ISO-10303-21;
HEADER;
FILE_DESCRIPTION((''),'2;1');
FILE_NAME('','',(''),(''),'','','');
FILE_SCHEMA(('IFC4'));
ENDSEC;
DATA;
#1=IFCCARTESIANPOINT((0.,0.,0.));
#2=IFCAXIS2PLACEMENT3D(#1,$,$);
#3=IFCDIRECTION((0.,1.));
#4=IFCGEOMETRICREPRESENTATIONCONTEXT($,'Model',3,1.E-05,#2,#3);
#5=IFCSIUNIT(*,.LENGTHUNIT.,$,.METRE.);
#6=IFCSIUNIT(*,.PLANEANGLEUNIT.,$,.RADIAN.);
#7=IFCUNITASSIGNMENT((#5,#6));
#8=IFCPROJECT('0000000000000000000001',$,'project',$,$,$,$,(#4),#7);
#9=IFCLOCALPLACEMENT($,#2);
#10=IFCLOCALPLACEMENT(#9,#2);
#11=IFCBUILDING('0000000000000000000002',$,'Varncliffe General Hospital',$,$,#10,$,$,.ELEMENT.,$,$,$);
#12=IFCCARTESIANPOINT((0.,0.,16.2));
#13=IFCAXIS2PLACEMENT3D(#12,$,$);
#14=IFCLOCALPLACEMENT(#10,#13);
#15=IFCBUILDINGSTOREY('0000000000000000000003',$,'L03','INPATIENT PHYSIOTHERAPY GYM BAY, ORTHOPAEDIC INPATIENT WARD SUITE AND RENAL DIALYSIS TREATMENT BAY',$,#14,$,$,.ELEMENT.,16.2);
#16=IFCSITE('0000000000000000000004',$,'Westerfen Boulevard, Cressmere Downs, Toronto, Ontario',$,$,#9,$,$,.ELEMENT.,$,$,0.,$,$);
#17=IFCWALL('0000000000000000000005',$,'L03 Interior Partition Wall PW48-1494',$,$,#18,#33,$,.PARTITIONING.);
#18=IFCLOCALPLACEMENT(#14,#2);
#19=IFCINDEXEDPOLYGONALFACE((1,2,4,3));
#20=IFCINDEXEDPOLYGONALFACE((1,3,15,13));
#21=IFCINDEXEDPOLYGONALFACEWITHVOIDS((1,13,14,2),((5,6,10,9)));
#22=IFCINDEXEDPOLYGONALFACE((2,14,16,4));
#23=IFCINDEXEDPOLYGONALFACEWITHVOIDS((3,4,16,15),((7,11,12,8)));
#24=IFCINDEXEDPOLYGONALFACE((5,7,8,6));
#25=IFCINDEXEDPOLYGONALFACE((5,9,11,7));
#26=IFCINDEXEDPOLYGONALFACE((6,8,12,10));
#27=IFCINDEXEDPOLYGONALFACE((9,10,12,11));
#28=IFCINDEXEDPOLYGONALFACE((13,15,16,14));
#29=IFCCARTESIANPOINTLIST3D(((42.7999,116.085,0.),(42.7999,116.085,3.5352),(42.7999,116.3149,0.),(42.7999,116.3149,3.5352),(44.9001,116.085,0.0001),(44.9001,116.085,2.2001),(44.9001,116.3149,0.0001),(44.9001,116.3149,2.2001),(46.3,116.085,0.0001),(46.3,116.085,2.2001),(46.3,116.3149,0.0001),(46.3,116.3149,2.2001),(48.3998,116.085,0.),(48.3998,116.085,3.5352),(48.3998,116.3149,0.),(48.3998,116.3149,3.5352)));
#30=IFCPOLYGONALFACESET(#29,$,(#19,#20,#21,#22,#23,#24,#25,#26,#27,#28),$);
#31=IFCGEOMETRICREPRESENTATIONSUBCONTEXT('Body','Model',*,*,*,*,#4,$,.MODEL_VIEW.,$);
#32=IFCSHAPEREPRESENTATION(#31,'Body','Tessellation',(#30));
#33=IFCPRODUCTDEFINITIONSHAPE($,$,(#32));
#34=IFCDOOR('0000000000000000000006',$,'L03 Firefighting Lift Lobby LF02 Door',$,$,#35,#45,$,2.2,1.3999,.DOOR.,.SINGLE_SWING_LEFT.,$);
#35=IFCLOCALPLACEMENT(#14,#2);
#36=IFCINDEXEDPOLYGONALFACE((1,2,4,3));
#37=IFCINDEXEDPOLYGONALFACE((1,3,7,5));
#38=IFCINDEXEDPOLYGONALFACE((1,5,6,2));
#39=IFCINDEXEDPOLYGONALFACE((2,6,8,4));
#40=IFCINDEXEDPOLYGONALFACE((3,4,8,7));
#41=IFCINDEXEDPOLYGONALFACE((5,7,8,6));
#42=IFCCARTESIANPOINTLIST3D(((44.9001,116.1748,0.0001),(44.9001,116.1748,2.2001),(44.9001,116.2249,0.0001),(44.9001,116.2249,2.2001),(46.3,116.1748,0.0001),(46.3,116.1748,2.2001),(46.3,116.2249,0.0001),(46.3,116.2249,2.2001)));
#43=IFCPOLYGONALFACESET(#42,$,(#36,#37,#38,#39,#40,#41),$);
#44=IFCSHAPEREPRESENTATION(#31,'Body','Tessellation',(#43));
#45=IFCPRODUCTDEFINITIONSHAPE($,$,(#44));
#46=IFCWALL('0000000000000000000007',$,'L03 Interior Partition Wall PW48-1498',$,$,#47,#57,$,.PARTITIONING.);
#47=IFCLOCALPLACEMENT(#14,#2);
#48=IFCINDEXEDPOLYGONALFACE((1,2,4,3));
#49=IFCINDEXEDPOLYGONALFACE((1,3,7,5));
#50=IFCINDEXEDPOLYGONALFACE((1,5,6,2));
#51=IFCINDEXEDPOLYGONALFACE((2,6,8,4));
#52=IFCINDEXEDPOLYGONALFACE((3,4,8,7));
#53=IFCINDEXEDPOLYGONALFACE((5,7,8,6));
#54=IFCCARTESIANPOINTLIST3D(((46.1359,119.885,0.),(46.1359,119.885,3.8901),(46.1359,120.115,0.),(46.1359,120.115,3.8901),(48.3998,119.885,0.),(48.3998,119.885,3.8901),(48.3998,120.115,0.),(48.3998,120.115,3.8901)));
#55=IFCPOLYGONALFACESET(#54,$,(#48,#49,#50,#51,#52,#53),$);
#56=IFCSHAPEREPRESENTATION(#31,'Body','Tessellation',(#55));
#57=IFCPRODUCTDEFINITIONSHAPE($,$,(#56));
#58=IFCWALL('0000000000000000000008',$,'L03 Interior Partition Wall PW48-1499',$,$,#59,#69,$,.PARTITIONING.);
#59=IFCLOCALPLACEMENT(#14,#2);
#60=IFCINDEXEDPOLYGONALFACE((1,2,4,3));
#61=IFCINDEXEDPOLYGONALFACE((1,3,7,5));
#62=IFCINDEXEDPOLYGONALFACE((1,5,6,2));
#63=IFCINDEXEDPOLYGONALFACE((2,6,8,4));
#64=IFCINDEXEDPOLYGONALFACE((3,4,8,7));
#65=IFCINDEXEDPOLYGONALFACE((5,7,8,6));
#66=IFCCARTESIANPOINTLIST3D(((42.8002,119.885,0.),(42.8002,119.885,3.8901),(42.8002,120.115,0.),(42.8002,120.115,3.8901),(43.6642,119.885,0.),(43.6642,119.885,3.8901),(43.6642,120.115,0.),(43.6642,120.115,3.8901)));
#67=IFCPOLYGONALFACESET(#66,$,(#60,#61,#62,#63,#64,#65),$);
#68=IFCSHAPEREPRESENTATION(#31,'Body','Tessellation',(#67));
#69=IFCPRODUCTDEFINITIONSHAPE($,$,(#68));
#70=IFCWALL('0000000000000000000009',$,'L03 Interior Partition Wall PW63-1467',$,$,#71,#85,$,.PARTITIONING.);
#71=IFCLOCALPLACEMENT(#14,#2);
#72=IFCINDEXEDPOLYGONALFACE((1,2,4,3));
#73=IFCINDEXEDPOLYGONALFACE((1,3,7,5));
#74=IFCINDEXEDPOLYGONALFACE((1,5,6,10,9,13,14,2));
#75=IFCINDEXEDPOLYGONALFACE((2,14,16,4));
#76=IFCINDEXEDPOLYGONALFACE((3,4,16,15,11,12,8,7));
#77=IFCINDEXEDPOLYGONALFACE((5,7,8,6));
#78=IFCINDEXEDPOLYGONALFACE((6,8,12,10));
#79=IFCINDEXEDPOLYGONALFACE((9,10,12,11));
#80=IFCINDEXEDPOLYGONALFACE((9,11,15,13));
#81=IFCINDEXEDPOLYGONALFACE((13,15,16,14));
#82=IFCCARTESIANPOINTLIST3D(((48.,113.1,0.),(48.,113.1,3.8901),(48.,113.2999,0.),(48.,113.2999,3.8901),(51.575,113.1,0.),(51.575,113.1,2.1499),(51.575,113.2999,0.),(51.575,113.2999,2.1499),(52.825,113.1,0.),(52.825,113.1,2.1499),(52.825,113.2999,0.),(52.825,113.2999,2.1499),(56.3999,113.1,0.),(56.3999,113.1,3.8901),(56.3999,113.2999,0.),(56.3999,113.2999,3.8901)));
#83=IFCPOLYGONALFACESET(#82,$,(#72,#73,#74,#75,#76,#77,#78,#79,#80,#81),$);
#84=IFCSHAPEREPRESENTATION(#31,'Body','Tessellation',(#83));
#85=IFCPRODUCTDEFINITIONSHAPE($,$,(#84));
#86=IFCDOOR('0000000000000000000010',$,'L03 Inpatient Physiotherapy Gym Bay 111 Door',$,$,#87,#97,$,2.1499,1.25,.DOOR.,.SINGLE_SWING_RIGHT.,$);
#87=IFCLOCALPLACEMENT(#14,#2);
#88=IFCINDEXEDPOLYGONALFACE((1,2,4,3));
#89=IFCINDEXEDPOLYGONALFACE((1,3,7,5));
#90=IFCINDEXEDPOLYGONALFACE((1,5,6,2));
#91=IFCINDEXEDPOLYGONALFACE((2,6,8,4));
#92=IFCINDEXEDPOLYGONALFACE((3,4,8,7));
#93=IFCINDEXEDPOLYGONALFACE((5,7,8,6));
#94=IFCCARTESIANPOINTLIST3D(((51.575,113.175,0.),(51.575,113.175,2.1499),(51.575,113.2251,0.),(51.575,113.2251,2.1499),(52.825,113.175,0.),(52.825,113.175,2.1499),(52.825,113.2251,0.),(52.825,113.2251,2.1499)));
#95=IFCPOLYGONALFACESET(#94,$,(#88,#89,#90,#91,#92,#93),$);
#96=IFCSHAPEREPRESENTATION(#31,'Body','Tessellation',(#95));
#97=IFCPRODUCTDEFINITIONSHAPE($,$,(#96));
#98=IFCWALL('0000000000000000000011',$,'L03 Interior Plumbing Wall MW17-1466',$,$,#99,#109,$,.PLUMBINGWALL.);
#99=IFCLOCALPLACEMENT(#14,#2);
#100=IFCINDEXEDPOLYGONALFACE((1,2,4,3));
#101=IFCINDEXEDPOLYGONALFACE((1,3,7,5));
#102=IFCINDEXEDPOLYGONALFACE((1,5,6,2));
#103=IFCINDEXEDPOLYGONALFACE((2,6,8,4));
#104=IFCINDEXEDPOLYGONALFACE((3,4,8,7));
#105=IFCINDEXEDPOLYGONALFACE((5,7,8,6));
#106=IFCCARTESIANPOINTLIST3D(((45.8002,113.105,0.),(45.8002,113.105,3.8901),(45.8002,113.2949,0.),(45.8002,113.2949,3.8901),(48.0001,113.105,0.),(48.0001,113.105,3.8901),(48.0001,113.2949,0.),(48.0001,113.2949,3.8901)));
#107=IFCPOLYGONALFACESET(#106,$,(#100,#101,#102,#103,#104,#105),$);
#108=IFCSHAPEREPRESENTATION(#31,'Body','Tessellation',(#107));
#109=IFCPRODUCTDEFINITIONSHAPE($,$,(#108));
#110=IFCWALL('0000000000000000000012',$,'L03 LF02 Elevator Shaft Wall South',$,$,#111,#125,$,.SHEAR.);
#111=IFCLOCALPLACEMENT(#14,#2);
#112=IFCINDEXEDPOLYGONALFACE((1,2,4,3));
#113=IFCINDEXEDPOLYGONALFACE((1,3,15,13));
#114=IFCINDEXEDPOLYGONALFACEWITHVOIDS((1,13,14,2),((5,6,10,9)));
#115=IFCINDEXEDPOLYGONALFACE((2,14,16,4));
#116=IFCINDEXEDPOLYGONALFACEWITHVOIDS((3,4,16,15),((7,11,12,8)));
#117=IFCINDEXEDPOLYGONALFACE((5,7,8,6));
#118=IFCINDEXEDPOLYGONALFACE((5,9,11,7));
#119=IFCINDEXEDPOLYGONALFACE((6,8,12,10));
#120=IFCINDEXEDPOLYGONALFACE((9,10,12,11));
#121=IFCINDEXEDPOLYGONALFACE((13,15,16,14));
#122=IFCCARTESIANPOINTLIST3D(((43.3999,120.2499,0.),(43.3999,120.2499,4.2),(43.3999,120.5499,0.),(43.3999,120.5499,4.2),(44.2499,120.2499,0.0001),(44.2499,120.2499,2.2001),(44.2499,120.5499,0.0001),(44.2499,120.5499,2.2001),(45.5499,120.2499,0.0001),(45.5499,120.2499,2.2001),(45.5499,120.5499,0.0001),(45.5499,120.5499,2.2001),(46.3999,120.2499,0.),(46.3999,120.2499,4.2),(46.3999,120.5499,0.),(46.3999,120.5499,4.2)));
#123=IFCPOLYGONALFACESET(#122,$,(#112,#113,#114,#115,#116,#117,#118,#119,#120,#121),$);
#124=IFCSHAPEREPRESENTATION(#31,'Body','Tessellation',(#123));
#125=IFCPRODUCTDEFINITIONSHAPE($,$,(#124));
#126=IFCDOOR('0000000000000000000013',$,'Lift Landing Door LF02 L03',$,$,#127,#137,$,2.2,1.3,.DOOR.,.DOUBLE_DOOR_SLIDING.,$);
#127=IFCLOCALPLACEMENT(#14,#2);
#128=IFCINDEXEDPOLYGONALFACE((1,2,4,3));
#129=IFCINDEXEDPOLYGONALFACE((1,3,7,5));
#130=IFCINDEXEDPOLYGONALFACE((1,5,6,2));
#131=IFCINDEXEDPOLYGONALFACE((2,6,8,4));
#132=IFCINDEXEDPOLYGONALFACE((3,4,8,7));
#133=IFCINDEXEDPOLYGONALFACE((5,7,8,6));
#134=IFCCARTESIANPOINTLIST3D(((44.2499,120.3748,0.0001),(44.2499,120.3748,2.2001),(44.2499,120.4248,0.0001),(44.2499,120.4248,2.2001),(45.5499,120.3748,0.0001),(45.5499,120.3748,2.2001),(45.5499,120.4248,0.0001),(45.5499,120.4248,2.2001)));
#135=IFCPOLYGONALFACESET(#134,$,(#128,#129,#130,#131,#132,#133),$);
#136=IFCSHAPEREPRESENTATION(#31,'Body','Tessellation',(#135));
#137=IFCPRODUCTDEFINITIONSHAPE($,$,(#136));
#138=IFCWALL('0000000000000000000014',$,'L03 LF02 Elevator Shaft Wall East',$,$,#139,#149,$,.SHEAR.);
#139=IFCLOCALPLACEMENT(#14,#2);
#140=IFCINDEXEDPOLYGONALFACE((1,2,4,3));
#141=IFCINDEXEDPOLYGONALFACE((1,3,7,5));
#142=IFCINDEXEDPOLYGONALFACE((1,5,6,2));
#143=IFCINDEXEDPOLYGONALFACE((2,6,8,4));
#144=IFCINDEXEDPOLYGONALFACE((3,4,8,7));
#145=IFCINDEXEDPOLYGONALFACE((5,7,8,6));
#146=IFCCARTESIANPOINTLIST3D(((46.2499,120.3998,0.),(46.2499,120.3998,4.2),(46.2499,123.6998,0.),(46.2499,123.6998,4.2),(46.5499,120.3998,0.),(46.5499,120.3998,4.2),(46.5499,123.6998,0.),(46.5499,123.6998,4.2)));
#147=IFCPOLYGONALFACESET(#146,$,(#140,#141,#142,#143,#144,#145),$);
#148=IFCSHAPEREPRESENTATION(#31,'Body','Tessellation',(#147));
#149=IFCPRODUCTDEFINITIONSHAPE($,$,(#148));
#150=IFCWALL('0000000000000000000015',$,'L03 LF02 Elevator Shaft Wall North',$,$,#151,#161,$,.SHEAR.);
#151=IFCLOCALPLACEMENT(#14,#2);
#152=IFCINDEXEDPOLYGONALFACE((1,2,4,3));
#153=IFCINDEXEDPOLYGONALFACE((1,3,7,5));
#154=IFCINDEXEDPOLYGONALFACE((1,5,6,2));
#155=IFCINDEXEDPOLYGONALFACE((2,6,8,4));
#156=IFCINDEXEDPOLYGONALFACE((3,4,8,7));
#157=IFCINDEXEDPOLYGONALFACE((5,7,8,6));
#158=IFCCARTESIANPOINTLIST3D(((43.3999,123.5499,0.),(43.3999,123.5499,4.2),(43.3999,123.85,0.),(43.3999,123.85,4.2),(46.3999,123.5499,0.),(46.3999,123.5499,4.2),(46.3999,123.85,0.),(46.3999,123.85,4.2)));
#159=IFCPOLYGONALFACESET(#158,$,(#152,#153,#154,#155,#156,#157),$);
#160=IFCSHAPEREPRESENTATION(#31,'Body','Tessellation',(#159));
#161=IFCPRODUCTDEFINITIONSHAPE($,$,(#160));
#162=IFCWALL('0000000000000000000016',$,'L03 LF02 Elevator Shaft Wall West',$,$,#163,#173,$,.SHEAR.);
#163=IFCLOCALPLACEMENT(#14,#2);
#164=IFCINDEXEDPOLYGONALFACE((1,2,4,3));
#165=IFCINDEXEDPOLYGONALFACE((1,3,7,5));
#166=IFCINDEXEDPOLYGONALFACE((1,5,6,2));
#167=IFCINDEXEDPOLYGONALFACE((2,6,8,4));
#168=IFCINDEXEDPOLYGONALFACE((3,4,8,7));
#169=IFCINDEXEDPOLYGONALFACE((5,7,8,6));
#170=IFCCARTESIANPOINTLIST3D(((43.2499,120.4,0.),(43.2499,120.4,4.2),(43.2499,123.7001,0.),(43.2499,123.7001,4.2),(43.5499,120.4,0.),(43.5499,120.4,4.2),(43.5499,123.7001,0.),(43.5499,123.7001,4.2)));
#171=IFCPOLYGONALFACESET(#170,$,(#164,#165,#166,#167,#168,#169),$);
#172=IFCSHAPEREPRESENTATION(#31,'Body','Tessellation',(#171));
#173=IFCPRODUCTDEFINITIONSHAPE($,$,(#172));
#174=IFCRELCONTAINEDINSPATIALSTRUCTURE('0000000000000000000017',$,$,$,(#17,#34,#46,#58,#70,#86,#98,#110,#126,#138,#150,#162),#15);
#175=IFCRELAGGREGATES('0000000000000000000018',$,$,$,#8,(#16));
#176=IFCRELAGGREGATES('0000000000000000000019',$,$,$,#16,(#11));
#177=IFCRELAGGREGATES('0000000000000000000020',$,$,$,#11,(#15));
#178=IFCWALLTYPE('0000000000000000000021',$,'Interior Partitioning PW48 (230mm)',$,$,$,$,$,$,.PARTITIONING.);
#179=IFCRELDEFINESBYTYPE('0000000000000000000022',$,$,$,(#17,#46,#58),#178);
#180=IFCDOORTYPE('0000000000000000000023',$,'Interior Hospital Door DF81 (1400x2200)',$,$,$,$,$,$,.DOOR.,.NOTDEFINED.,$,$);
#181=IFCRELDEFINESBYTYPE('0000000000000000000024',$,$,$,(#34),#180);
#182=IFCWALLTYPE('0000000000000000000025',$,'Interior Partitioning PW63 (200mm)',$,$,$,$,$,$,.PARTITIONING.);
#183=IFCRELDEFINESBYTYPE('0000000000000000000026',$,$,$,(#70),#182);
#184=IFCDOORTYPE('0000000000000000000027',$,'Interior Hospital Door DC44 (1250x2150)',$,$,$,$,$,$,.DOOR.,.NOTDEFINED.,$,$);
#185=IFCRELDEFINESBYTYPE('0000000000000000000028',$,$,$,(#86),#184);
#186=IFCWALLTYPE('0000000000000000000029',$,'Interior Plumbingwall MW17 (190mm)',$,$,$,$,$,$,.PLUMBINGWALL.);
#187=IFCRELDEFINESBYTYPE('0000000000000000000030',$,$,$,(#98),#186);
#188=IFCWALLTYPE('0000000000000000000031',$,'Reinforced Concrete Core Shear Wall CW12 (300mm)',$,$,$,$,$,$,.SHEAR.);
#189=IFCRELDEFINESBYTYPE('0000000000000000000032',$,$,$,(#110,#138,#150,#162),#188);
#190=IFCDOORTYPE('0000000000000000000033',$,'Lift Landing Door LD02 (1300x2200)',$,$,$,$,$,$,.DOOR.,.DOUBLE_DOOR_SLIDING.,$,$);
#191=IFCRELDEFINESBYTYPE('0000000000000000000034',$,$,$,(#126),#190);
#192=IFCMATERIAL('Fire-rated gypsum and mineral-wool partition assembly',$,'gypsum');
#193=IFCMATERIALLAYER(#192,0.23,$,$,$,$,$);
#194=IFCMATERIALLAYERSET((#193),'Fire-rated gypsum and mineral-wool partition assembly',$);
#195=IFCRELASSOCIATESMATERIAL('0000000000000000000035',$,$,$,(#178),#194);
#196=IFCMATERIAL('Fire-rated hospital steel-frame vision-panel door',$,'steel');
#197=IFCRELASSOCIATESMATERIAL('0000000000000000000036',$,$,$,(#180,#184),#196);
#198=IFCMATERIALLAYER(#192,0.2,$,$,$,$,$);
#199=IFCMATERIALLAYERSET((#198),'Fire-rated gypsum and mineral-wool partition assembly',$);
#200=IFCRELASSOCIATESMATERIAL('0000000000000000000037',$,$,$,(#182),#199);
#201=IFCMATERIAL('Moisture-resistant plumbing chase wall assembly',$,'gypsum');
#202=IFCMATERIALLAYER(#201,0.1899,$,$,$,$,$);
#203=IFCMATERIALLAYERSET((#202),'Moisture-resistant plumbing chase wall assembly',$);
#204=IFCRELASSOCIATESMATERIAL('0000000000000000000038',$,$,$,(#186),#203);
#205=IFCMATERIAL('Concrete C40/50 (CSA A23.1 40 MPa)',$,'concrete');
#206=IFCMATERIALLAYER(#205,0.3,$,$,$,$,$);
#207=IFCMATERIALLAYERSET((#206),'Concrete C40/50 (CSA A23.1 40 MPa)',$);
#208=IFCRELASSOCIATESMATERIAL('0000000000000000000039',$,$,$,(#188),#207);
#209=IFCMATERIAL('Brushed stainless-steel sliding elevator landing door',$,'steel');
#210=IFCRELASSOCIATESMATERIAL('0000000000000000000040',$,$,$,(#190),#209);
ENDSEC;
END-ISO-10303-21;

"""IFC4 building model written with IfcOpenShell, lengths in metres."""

from ifc_helpers import new_model, si_unit, direction, frame, frame_2d, origin, place, context, subcontext, project, spatial, rectangle, extrude, material, layer, layer_set, type_object, element, fill, save


model = new_model("IFC4")

# Units and contexts
model_context = context("Model", 3, precision=1e-05, world=origin(), true_north=direction((0.0, 1.0)))
body_context = subcontext(model_context, "Body", "Model", "MODEL_VIEW")
ifc_project = project(units=[si_unit("LENGTHUNIT", "METRE"), si_unit("PLANEANGLEUNIT", "RADIAN")], contexts=[model_context])

# Site, building, storey
site_placement = place(None, origin())
site = spatial("IfcSite", under=ifc_project, at=site_placement, Name="Westerfen Boulevard, Cressmere Downs, Toronto, Ontario", CompositionType="ELEMENT", RefElevation=0.0)
building_placement = place(site_placement, origin())
building = spatial("IfcBuilding", under=site, at=building_placement, Name="Varncliffe General Hospital", CompositionType="ELEMENT")
storey_placement = place(building_placement, frame((0.0, 0.0, 16.2)))
storey = spatial("IfcBuildingStorey", under=building, at=storey_placement, Name="L03", Description="INPATIENT PHYSIOTHERAPY GYM BAY, ORTHOPAEDIC INPATIENT WARD SUITE AND RENAL DIALYSIS TREATMENT BAY", CompositionType="ELEMENT", Elevation=16.2)

# Shared definitions
ifc_material_1 = material(Name="Concrete C40/50 (CSA A23.1 40 MPa)", Category="concrete")

# Shared definitions
ifc_material_2 = material(Name="Fire-rated gypsum and mineral-wool partition assembly", Category="gypsum")

# Wall, opening, door
ifc_layer_1 = layer(ifc_material_2, 0.23)
ifc_layer_set_1 = layer_set([ifc_layer_1], Name="Fire-rated gypsum and mineral-wool partition assembly")
wall_type_1 = type_object("IfcWallType", Name="Interior Partitioning PW48 (230mm)", PredefinedType="PARTITIONING", material=ifc_layer_set_1)
wall_1_placement = place(storey_placement, frame((42.8, 116.2, 0.0), z_axis=(0.0, 0.0, 1.0), x_axis=(1.0, 0.0, 0.0)))
wall_1 = element("IfcWall", 1, at=wall_1_placement, inside=storey, type_object=wall_type_1, Name="L03 Interior Partition Wall PW48-1494", PredefinedType="PARTITIONING", context=body_context, shape_type="SweptSolid", body=[
    extrude(rectangle(XDim=5.5999, YDim=0.23, at=frame_2d((2.7998, 0.0))), origin(), (0.0, 0.0, 1.0), 3.5352),
])
opening_1_placement = place(wall_1_placement, frame((2.1001, 0.0, 0.0)))
opening_1 = element("IfcOpeningElement", 2, at=opening_1_placement, cuts=wall_1, PredefinedType="OPENING", context=body_context, shape_type="SweptSolid", body=[
    extrude(rectangle(XDim=1.3999, YDim=2.2, at=frame_2d((0.7, 1.1001))), frame((0.0, 0.125, 0.0), z_axis=(0.0, -1.0, 0.0), x_axis=(1.0, 0.0, 0.0)), (0.0, 0.0, 1.0), 0.25),
])
ifc_material_3 = material(Name="Fire-rated hospital steel-frame vision-panel door", Category="steel")
door_type_1 = type_object("IfcDoorType", Name="Interior Hospital Door DF81 (1400x2200)", OperationType="NOTDEFINED", PredefinedType="DOOR", material=ifc_material_3)
door_1_placement = place(opening_1_placement, origin())
door_1 = element("IfcDoor", 3, at=door_1_placement, inside=storey, type_object=door_type_1, Name="L03 Firefighting Lift Lobby LF02 Door", OperationType="SINGLE_SWING_LEFT", OverallHeight=2.2, OverallWidth=1.3999, PredefinedType="DOOR", context=body_context, shape_type="SweptSolid", body=[
    extrude(rectangle(XDim=1.3999, YDim=2.2, at=frame_2d((0.7, 1.1001))), frame((0.0, 0.0249, 0.0), z_axis=(0.0, -1.0, 0.0), x_axis=(1.0, 0.0, 0.0)), (0.0, 0.0, 1.0), 0.05),
])
fill(opening_1, door_1)

# Walls
wall_2_placement = place(storey_placement, frame((46.136, 120.0, 0.0), z_axis=(0.0, 0.0, 1.0), x_axis=(1.0, 0.0, 0.0)))
element("IfcWall", 4, at=wall_2_placement, inside=storey, type_object=wall_type_1, Name="L03 Interior Partition Wall PW48-1498", PredefinedType="PARTITIONING", context=body_context, shape_type="SweptSolid", body=[
    extrude(rectangle(XDim=2.2639, YDim=0.23, at=frame_2d((1.1318, 0.0))), origin(), (0.0, 0.0, 1.0), 3.8901),
])
wall_3_placement = place(storey_placement, frame((42.8, 120.0, 0.0), z_axis=(0.0, 0.0, 1.0), x_axis=(1.0, 0.0, 0.0)))
element("IfcWall", 5, at=wall_3_placement, inside=storey, type_object=wall_type_1, Name="L03 Interior Partition Wall PW48-1499", PredefinedType="PARTITIONING", context=body_context, shape_type="SweptSolid", body=[
    extrude(rectangle(XDim=0.864, YDim=0.23, at=frame_2d((0.4321, 0.0))), origin(), (0.0, 0.0, 1.0), 3.8901),
])

# Wall, opening, door
ifc_layer_2 = layer(ifc_material_2, 0.2)
ifc_layer_set_2 = layer_set([ifc_layer_2], Name="Fire-rated gypsum and mineral-wool partition assembly")
wall_type_2 = type_object("IfcWallType", Name="Interior Partitioning PW63 (200mm)", PredefinedType="PARTITIONING", material=ifc_layer_set_2)
wall_4_placement = place(storey_placement, frame((48.0, 113.2, 0.0), z_axis=(0.0, 0.0, 1.0), x_axis=(1.0, 0.0, 0.0)))
wall_4 = element("IfcWall", 6, at=wall_4_placement, inside=storey, type_object=wall_type_2, Name="L03 Interior Partition Wall PW63-1467", PredefinedType="PARTITIONING", context=body_context, shape_type="SweptSolid", body=[
    extrude(rectangle(XDim=8.3999, YDim=0.2, at=frame_2d((4.2, 0.0))), origin(), (0.0, 0.0, 1.0), 3.8901),
])
opening_2_placement = place(wall_4_placement, frame((3.575, 0.0, 0.0)))
opening_2 = element("IfcOpeningElement", 7, at=opening_2_placement, cuts=wall_4, PredefinedType="OPENING", context=body_context, shape_type="SweptSolid", body=[
    extrude(rectangle(XDim=1.25, YDim=2.1499, at=frame_2d((0.625, 1.075))), frame((0.0, 0.1099, 0.0), z_axis=(0.0, -1.0, 0.0), x_axis=(1.0, 0.0, 0.0)), (0.0, 0.0, 1.0), 0.22),
])
door_type_2 = type_object("IfcDoorType", Name="Interior Hospital Door DC44 (1250x2150)", OperationType="NOTDEFINED", PredefinedType="DOOR", material=ifc_material_3)
door_2_placement = place(opening_2_placement, frame((1.25, 0.0, 0.0), z_axis=(0.0, 0.0, 1.0), x_axis=(-1.0, 0.0, 0.0)))
door_2 = element("IfcDoor", 8, at=door_2_placement, inside=storey, type_object=door_type_2, Name="L03 Inpatient Physiotherapy Gym Bay 111 Door", OperationType="SINGLE_SWING_RIGHT", OverallHeight=2.1499, OverallWidth=1.25, PredefinedType="DOOR", context=body_context, shape_type="SweptSolid", body=[
    extrude(rectangle(XDim=1.25, YDim=2.1499, at=frame_2d((0.625, 1.075))), frame((0.0, 0.0249, 0.0), z_axis=(0.0, -1.0, 0.0), x_axis=(1.0, 0.0, 0.0)), (0.0, 0.0, 1.0), 0.05),
])
fill(opening_2, door_2)

# Wall
ifc_material_4 = material(Name="Moisture-resistant plumbing chase wall assembly", Category="gypsum")
ifc_layer_3 = layer(ifc_material_4, 0.1899)
ifc_layer_set_3 = layer_set([ifc_layer_3], Name="Moisture-resistant plumbing chase wall assembly")
wall_type_3 = type_object("IfcWallType", Name="Interior Plumbingwall MW17 (190mm)", PredefinedType="PLUMBINGWALL", material=ifc_layer_set_3)
wall_5_placement = place(storey_placement, frame((45.8, 113.2, 0.0), z_axis=(0.0, 0.0, 1.0), x_axis=(1.0, 0.0, 0.0)))
element("IfcWall", 9, at=wall_5_placement, inside=storey, type_object=wall_type_3, Name="L03 Interior Plumbing Wall MW17-1466", PredefinedType="PLUMBINGWALL", context=body_context, shape_type="SweptSolid", body=[
    extrude(rectangle(XDim=2.2, YDim=0.1899, at=frame_2d((1.1001, 0.0))), origin(), (0.0, 0.0, 1.0), 3.8901),
])

# Wall, opening, door
ifc_layer_4 = layer(ifc_material_1, 0.3)
ifc_layer_set_4 = layer_set([ifc_layer_4], Name="Concrete C40/50 (CSA A23.1 40 MPa)")
wall_type_4 = type_object("IfcWallType", Name="Reinforced Concrete Core Shear Wall CW12 (300mm)", PredefinedType="SHEAR", material=ifc_layer_set_4)
wall_6_placement = place(storey_placement, frame((43.3999, 120.3999, 0.0), z_axis=(0.0, 0.0, 1.0), x_axis=(1.0, 0.0, 0.0)))
wall_6 = element("IfcWall", 10, at=wall_6_placement, inside=storey, type_object=wall_type_4, Name="L03 LF02 Elevator Shaft Wall South", PredefinedType="SHEAR", context=body_context, shape_type="SweptSolid", body=[
    extrude(rectangle(XDim=3.0, YDim=0.3, at=frame_2d((1.5, 0.0))), origin(), (0.0, 0.0, 1.0), 4.2),
])
opening_3_placement = place(wall_6_placement, frame((0.8501, 0.0, 0.0)))
opening_3 = element("IfcOpeningElement", 11, at=opening_3_placement, cuts=wall_6, PredefinedType="OPENING", context=body_context, shape_type="SweptSolid", body=[
    extrude(rectangle(XDim=1.3, YDim=2.2, at=frame_2d((0.6499, 1.1001))), frame((0.0, 0.1602, 0.0), z_axis=(0.0, -1.0, 0.0), x_axis=(1.0, 0.0, 0.0)), (0.0, 0.0, 1.0), 0.3201),
])
ifc_material_5 = material(Name="Brushed stainless-steel sliding elevator landing door", Category="steel")
door_type_3 = type_object("IfcDoorType", Name="Lift Landing Door LD02 (1300x2200)", OperationType="DOUBLE_DOOR_SLIDING", PredefinedType="DOOR", material=ifc_material_5)
door_3_placement = place(opening_3_placement, origin())
door_3 = element("IfcDoor", 12, at=door_3_placement, inside=storey, type_object=door_type_3, Name="Lift Landing Door LF02 L03", OperationType="DOUBLE_DOOR_SLIDING", OverallHeight=2.2, OverallWidth=1.3, PredefinedType="DOOR", context=body_context, shape_type="SweptSolid", body=[
    extrude(rectangle(XDim=1.3, YDim=2.2, at=frame_2d((0.6499, 1.1001))), frame((0.0, 0.0249, 0.0), z_axis=(0.0, -1.0, 0.0), x_axis=(1.0, 0.0, 0.0)), (0.0, 0.0, 1.0), 0.05),
])
fill(opening_3, door_3)

# Walls
wall_7_placement = place(storey_placement, frame((46.3999, 120.3999, 0.0), z_axis=(0.0, 0.0, 1.0), x_axis=(0.0, 1.0, 0.0)))
element("IfcWall", 13, at=wall_7_placement, inside=storey, type_object=wall_type_4, Name="L03 LF02 Elevator Shaft Wall East", PredefinedType="SHEAR", context=body_context, shape_type="SweptSolid", body=[
    extrude(rectangle(XDim=3.3, YDim=0.3, at=frame_2d((1.6499, 0.0))), origin(), (0.0, 0.0, 1.0), 4.2),
])
wall_8_placement = place(storey_placement, frame((46.3999, 123.7, 0.0), z_axis=(0.0, 0.0, 1.0), x_axis=(-1.0, 0.0, 0.0)))
element("IfcWall", 14, at=wall_8_placement, inside=storey, type_object=wall_type_4, Name="L03 LF02 Elevator Shaft Wall North", PredefinedType="SHEAR", context=body_context, shape_type="SweptSolid", body=[
    extrude(rectangle(XDim=3.0, YDim=0.3, at=frame_2d((1.5, 0.0))), origin(), (0.0, 0.0, 1.0), 4.2),
])
wall_9_placement = place(storey_placement, frame((43.3999, 123.7, 0.0), z_axis=(0.0, 0.0, 1.0), x_axis=(0.0, -1.0, 0.0)))
element("IfcWall", 15, at=wall_9_placement, inside=storey, type_object=wall_type_4, Name="L03 LF02 Elevator Shaft Wall West", PredefinedType="SHEAR", context=body_context, shape_type="SweptSolid", body=[
    extrude(rectangle(XDim=3.3, YDim=0.3, at=frame_2d((1.6499, 0.0))), origin(), (0.0, 0.0, 1.0), 4.2),
])

save(model, "model.ifc")
